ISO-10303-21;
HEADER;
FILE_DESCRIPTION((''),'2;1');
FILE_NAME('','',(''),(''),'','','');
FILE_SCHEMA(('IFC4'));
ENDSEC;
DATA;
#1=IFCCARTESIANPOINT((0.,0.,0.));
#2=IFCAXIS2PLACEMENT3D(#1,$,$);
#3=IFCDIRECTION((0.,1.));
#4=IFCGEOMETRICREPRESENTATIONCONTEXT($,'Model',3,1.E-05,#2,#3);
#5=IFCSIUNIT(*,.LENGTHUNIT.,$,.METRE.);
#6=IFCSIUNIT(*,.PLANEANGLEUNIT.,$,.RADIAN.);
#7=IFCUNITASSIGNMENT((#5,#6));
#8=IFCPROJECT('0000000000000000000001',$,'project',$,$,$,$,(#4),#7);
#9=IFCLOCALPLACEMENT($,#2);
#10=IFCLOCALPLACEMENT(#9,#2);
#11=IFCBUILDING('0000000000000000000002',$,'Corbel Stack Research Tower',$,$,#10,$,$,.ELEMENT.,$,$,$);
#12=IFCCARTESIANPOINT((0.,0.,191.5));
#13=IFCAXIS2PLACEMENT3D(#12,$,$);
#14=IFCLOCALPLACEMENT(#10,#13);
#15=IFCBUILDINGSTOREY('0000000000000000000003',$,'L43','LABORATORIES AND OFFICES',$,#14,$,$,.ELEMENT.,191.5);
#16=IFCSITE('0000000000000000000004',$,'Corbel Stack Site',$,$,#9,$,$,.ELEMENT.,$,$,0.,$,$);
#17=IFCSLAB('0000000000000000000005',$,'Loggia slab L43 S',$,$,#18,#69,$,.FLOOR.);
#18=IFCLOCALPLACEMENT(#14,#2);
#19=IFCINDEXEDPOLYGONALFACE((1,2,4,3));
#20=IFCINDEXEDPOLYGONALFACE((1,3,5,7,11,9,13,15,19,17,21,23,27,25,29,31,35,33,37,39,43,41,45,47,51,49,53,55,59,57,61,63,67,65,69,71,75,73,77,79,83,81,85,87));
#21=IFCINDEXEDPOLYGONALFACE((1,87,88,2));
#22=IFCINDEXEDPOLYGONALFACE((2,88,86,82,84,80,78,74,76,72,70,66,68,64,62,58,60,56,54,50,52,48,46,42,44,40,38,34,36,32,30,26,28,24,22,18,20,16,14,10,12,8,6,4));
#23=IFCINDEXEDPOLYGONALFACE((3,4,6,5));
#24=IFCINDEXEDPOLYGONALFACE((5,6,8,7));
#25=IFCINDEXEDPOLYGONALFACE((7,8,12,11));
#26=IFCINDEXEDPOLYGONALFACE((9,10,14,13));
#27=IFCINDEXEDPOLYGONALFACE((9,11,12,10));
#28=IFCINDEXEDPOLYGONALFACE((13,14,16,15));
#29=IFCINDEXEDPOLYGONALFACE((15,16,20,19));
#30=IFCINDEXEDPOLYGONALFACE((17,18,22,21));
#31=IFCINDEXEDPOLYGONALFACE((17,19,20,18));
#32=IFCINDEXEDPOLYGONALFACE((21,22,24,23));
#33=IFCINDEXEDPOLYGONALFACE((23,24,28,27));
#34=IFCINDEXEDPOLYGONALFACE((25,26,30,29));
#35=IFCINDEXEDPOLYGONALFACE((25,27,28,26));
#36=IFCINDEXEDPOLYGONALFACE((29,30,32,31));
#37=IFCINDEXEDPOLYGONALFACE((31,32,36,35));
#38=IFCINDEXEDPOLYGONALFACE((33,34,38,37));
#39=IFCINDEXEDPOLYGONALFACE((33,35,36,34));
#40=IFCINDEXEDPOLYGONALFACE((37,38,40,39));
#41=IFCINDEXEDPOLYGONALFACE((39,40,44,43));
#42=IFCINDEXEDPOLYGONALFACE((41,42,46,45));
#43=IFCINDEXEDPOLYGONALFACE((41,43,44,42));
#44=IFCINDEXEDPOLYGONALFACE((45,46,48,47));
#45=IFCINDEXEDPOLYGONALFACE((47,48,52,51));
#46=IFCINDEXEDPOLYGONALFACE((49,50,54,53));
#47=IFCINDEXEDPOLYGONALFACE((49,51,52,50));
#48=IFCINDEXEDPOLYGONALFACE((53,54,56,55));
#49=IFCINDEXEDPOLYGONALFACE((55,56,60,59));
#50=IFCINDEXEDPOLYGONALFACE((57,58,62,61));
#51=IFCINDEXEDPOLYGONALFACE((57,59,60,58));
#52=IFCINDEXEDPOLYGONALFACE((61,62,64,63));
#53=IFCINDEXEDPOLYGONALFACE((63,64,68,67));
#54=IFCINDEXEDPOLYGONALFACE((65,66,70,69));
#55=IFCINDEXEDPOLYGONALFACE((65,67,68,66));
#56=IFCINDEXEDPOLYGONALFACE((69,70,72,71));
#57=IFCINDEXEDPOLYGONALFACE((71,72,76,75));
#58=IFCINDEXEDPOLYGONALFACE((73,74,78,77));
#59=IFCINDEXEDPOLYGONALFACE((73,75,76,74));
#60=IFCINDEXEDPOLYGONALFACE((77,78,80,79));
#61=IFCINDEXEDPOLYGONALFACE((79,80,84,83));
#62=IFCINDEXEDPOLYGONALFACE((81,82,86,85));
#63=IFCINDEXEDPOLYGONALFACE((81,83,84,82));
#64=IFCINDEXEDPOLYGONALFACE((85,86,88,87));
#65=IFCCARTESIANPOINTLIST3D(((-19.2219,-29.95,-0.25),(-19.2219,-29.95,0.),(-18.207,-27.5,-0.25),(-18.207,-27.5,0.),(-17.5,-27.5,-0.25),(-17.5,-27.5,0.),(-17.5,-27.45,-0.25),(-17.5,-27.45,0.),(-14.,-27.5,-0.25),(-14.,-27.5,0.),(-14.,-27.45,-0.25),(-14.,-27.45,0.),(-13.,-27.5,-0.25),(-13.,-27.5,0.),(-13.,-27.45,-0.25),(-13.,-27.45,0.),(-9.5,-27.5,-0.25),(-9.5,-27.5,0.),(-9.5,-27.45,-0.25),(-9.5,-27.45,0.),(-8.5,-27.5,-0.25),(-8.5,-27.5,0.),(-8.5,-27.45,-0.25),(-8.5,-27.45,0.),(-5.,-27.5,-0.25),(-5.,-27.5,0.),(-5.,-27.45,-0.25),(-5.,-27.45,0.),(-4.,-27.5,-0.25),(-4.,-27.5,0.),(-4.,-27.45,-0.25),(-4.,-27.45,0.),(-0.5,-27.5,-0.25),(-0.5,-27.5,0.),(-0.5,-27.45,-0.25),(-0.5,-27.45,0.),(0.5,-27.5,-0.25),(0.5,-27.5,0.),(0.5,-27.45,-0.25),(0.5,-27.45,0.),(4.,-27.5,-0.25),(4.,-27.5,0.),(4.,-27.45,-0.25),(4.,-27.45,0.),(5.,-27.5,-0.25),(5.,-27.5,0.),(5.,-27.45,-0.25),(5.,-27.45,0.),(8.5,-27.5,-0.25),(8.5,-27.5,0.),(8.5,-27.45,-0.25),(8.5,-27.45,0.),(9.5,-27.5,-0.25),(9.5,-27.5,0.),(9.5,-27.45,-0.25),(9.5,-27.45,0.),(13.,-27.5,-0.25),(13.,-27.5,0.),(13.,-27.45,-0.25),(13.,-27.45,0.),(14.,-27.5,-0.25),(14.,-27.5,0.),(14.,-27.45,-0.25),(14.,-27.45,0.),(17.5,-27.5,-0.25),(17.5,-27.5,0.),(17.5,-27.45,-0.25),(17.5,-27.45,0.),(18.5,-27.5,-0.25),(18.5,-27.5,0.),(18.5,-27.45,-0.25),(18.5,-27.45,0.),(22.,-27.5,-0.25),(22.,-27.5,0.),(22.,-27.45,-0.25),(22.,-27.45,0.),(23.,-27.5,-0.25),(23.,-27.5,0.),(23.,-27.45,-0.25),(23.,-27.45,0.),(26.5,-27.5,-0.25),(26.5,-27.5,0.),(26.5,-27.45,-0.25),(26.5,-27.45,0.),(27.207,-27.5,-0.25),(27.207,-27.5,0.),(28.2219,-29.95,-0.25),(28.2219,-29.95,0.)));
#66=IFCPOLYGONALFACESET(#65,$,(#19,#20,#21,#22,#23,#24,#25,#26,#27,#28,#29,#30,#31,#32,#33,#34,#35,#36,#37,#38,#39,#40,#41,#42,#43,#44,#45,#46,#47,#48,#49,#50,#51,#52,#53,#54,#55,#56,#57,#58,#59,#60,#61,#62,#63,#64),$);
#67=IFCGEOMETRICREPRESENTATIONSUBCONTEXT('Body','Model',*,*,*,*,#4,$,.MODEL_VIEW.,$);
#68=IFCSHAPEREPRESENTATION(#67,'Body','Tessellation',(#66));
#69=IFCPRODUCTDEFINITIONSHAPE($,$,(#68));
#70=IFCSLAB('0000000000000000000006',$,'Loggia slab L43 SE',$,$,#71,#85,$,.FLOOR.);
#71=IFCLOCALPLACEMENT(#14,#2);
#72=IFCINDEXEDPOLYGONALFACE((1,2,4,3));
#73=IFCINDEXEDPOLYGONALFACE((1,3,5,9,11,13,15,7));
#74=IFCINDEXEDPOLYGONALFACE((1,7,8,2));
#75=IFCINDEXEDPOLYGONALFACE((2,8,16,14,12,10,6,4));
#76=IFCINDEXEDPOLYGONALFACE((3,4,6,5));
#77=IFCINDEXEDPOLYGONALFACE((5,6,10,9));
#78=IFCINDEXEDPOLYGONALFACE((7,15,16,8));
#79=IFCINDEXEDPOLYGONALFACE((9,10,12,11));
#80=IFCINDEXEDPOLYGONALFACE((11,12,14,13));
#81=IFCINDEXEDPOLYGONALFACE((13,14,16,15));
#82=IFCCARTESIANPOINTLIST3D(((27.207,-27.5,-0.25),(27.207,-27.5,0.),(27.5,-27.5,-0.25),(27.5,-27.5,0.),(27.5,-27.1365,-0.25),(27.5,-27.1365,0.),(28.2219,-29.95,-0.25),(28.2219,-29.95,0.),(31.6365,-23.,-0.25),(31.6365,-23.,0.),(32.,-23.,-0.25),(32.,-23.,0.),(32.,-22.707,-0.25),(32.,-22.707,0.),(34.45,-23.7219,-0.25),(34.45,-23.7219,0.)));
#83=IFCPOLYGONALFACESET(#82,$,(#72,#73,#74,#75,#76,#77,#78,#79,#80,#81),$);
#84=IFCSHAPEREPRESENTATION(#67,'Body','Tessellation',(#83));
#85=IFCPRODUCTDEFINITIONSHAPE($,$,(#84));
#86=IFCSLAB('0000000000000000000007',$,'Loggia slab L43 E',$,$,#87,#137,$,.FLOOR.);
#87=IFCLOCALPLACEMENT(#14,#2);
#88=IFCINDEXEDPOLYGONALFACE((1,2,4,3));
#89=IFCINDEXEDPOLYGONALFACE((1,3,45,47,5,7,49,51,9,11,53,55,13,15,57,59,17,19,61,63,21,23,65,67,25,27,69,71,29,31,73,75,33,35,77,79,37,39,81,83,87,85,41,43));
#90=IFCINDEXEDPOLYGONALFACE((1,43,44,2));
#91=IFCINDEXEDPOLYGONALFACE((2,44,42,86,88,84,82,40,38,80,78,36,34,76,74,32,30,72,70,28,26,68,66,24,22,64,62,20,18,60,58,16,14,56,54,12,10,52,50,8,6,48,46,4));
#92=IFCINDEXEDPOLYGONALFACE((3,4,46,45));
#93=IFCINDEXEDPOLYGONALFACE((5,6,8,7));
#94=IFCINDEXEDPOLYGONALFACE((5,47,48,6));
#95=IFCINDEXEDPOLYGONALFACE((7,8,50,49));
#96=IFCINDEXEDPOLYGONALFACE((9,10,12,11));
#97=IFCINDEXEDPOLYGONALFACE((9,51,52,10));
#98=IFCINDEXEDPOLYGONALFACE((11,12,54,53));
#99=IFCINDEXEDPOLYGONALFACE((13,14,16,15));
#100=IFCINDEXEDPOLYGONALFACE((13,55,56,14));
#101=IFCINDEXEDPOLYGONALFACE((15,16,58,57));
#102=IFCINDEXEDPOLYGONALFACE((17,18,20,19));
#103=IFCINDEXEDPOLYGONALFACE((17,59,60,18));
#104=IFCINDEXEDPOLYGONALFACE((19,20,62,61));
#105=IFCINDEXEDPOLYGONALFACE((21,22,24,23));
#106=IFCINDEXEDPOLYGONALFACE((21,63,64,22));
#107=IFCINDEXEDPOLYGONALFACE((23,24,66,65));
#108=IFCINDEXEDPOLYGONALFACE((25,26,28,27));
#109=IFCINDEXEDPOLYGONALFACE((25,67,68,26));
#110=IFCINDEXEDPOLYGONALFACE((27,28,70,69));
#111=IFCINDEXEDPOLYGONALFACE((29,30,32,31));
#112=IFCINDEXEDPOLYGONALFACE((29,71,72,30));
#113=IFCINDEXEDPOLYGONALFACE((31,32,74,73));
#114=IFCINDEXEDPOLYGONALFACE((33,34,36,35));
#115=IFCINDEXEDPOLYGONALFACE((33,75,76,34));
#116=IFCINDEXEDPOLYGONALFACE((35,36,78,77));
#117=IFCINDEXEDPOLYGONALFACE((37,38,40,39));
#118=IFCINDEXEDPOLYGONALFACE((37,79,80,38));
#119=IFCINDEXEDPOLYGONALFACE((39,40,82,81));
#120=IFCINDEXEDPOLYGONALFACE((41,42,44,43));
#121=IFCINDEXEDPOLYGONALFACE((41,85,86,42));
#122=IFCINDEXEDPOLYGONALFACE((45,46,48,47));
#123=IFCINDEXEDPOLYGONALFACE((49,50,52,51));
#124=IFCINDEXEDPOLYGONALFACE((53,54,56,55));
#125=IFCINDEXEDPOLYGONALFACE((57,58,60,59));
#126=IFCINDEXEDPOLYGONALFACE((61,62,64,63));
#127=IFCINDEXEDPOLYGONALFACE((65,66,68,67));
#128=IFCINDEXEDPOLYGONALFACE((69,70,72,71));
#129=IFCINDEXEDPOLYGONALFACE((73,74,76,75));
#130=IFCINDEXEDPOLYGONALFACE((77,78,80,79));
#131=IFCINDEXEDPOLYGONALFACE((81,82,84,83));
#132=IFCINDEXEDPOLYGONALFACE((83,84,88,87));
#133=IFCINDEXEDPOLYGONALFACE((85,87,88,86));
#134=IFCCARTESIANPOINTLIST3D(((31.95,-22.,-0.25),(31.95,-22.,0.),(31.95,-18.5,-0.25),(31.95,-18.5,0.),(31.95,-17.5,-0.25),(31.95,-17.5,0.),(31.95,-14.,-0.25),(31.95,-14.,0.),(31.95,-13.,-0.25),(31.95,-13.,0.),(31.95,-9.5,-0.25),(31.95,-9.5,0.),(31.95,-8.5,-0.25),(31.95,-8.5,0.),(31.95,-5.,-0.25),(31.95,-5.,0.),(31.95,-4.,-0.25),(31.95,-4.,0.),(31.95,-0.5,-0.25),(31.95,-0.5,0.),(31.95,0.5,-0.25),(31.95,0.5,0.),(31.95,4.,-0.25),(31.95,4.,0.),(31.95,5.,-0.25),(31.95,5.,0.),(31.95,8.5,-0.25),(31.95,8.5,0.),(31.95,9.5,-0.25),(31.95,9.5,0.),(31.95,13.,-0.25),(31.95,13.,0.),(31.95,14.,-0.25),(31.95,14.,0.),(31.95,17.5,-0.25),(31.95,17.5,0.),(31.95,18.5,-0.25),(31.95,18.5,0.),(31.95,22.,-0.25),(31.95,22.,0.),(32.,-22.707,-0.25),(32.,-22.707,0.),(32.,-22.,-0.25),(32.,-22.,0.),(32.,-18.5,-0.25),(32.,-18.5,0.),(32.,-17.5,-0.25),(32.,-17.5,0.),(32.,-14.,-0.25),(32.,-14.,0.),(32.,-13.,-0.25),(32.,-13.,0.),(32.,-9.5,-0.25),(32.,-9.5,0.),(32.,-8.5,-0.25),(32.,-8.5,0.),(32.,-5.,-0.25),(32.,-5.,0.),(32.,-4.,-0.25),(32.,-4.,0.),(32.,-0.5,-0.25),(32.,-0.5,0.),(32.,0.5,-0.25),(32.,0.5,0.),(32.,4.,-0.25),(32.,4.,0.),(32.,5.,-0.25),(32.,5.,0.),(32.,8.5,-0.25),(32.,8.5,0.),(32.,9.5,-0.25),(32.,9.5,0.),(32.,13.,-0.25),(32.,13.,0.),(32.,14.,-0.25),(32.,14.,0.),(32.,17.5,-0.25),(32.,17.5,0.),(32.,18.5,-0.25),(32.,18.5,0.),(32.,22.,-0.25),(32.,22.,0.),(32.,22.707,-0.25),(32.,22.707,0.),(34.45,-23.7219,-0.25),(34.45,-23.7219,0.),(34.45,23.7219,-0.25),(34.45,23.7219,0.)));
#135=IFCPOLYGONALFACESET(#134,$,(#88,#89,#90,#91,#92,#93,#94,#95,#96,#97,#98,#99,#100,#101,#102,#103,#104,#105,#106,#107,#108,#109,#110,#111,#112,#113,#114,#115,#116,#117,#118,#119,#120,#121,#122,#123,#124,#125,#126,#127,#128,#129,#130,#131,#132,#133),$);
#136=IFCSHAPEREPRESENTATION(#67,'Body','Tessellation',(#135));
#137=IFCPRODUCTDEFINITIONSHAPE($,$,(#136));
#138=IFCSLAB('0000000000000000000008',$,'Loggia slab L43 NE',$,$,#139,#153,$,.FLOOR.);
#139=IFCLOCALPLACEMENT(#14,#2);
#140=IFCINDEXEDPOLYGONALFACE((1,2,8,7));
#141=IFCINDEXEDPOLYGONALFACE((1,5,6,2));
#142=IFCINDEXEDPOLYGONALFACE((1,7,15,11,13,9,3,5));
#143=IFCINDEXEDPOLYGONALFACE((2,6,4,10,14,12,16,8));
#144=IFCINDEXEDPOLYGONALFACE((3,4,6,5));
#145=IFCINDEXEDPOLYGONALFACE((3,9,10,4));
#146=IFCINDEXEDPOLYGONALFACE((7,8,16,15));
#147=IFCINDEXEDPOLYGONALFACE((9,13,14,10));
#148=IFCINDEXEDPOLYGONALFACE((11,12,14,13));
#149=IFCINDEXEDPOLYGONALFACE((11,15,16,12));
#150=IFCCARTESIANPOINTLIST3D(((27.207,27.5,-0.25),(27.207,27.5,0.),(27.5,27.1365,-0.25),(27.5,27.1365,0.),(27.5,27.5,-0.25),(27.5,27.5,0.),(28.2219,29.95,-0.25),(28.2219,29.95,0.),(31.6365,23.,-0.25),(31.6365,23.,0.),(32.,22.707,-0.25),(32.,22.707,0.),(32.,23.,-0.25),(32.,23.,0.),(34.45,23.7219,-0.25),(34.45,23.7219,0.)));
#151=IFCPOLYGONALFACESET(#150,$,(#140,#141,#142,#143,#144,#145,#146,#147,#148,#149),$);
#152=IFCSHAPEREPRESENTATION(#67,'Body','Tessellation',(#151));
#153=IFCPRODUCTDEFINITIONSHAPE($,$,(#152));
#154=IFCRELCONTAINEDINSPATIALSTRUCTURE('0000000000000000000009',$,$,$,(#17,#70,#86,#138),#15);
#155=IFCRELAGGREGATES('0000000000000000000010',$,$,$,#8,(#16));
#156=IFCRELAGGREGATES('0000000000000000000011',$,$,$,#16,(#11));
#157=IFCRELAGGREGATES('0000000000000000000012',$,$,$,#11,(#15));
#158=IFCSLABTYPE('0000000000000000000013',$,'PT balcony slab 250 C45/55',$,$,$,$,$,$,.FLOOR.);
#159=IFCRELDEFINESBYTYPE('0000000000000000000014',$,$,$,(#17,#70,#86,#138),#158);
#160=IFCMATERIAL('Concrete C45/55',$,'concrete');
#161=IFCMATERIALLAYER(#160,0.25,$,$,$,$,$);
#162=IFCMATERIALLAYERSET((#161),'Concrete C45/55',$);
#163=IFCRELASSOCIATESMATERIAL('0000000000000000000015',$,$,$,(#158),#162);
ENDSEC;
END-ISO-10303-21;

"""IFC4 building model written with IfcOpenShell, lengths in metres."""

from ifc_helpers import new_model, si_unit, direction, frame, origin, place, context, subcontext, project, spatial, polyline, outline, extrude, material, layer, layer_set, type_object, element, save


model = new_model("IFC4")

# Units and contexts
model_context = context("Model", 3, precision=1e-05, world=origin(), true_north=direction((0.0, 1.0)))
body_context = subcontext(model_context, "Body", "Model", "MODEL_VIEW")
ifc_project = project(units=[si_unit("LENGTHUNIT", "METRE"), si_unit("PLANEANGLEUNIT", "RADIAN")], contexts=[model_context])

# Site, building, storey
site_placement = place(None, origin())
site = spatial("IfcSite", under=ifc_project, at=site_placement, Name="Corbel Stack Site", CompositionType="ELEMENT", RefElevation=0.0)
building_placement = place(site_placement, origin())
building = spatial("IfcBuilding", under=site, at=building_placement, Name="Corbel Stack Research Tower", CompositionType="ELEMENT")
storey_placement = place(building_placement, frame((0.0, 0.0, 191.5)))
storey = spatial("IfcBuildingStorey", under=building, at=storey_placement, Name="L43", Description="LABORATORIES AND OFFICES", CompositionType="ELEMENT", Elevation=191.5)

# Slabs
ifc_material_1 = material(Name="Concrete C45/55", Category="concrete")
ifc_layer_1 = layer(ifc_material_1, 0.25)
ifc_layer_set_1 = layer_set([ifc_layer_1], Name="Concrete C45/55")
slab_type_1 = type_object("IfcSlabType", Name="PT balcony slab 250 C45/55", PredefinedType="FLOOR", material=ifc_layer_set_1)
slab_1_placement = place(storey_placement, frame((0.0, 0.0, -0.25)))
element("IfcSlab", 1, at=slab_1_placement, inside=storey, type_object=slab_type_1, Name="Loggia slab L43 S", PredefinedType="FLOOR", context=body_context, shape_type="SweptSolid", body=[
    extrude(outline(polyline([(27.207, -27.5), (26.5, -27.5), (26.5, -27.45), (23.0, -27.45), (23.0, -27.5), (22.0, -27.5), (22.0, -27.45), (18.5, -27.45), (18.5, -27.5), (17.5, -27.5), (17.5, -27.45), (14.0, -27.45), (14.0, -27.5), (13.0, -27.5), (13.0, -27.45), (9.5, -27.45), (9.5, -27.5), (8.5, -27.5), (8.5, -27.45), (5.0, -27.45), (5.0, -27.5), (4.0, -27.5), (4.0, -27.45), (0.5, -27.45), (0.5, -27.5), (-0.5, -27.5), (-0.5, -27.45), (-4.0, -27.45), (-4.0, -27.5), (-5.0, -27.5), (-5.0, -27.45), (-8.5, -27.45), (-8.5, -27.5), (-9.5, -27.5), (-9.5, -27.45), (-13.0, -27.45), (-13.0, -27.5), (-14.0, -27.5), (-14.0, -27.45), (-17.5, -27.45), (-17.5, -27.5), (-18.207, -27.5), (-19.2219, -29.95), (28.2219, -29.95), (27.207, -27.5)])), origin(), (0.0, 0.0, 1.0), 0.25),
])
slab_2_placement = place(storey_placement, frame((0.0, 0.0, -0.25)))
element("IfcSlab", 2, at=slab_2_placement, inside=storey, type_object=slab_type_1, Name="Loggia slab L43 SE", PredefinedType="FLOOR", context=body_context, shape_type="SweptSolid", body=[
    extrude(outline(polyline([(32.0, -22.707), (32.0, -23.0), (31.6365, -23.0), (27.5, -27.1365), (27.5, -27.5), (27.207, -27.5), (28.2219, -29.95), (34.45, -23.7219), (32.0, -22.707)])), origin(), (0.0, 0.0, 1.0), 0.25),
])
slab_3_placement = place(storey_placement, frame((0.0, 0.0, -0.25)))
element("IfcSlab", 3, at=slab_3_placement, inside=storey, type_object=slab_type_1, Name="Loggia slab L43 E", PredefinedType="FLOOR", context=body_context, shape_type="SweptSolid", body=[
    extrude(outline(polyline([(32.0, 22.707), (32.0, 22.0), (31.95, 22.0), (31.95, 18.5), (32.0, 18.5), (32.0, 17.5), (31.95, 17.5), (31.95, 14.0), (32.0, 14.0), (32.0, 13.0), (31.95, 13.0), (31.95, 9.5), (32.0, 9.5), (32.0, 8.5), (31.95, 8.5), (31.95, 5.0), (32.0, 5.0), (32.0, 4.0), (31.95, 4.0), (31.95, 0.5), (32.0, 0.5), (32.0, -0.5), (31.95, -0.5), (31.95, -4.0), (32.0, -4.0), (32.0, -5.0), (31.95, -5.0), (31.95, -8.5), (32.0, -8.5), (32.0, -9.5), (31.95, -9.5), (31.95, -13.0), (32.0, -13.0), (32.0, -14.0), (31.95, -14.0), (31.95, -17.5), (32.0, -17.5), (32.0, -18.5), (31.95, -18.5), (31.95, -22.0), (32.0, -22.0), (32.0, -22.707), (34.45, -23.7219), (34.45, 23.7219), (32.0, 22.707)])), origin(), (0.0, 0.0, 1.0), 0.25),
])
slab_4_placement = place(storey_placement, frame((0.0, 0.0, -0.25)))
element("IfcSlab", 4, at=slab_4_placement, inside=storey, type_object=slab_type_1, Name="Loggia slab L43 NE", PredefinedType="FLOOR", context=body_context, shape_type="SweptSolid", body=[
    extrude(outline(polyline([(27.207, 27.5), (27.5, 27.5), (27.5, 27.1365), (31.6365, 23.0), (32.0, 23.0), (32.0, 22.707), (34.45, 23.7219), (28.2219, 29.95), (27.207, 27.5)])), origin(), (0.0, 0.0, 1.0), 0.25),
])

save(model, "model.ifc")
